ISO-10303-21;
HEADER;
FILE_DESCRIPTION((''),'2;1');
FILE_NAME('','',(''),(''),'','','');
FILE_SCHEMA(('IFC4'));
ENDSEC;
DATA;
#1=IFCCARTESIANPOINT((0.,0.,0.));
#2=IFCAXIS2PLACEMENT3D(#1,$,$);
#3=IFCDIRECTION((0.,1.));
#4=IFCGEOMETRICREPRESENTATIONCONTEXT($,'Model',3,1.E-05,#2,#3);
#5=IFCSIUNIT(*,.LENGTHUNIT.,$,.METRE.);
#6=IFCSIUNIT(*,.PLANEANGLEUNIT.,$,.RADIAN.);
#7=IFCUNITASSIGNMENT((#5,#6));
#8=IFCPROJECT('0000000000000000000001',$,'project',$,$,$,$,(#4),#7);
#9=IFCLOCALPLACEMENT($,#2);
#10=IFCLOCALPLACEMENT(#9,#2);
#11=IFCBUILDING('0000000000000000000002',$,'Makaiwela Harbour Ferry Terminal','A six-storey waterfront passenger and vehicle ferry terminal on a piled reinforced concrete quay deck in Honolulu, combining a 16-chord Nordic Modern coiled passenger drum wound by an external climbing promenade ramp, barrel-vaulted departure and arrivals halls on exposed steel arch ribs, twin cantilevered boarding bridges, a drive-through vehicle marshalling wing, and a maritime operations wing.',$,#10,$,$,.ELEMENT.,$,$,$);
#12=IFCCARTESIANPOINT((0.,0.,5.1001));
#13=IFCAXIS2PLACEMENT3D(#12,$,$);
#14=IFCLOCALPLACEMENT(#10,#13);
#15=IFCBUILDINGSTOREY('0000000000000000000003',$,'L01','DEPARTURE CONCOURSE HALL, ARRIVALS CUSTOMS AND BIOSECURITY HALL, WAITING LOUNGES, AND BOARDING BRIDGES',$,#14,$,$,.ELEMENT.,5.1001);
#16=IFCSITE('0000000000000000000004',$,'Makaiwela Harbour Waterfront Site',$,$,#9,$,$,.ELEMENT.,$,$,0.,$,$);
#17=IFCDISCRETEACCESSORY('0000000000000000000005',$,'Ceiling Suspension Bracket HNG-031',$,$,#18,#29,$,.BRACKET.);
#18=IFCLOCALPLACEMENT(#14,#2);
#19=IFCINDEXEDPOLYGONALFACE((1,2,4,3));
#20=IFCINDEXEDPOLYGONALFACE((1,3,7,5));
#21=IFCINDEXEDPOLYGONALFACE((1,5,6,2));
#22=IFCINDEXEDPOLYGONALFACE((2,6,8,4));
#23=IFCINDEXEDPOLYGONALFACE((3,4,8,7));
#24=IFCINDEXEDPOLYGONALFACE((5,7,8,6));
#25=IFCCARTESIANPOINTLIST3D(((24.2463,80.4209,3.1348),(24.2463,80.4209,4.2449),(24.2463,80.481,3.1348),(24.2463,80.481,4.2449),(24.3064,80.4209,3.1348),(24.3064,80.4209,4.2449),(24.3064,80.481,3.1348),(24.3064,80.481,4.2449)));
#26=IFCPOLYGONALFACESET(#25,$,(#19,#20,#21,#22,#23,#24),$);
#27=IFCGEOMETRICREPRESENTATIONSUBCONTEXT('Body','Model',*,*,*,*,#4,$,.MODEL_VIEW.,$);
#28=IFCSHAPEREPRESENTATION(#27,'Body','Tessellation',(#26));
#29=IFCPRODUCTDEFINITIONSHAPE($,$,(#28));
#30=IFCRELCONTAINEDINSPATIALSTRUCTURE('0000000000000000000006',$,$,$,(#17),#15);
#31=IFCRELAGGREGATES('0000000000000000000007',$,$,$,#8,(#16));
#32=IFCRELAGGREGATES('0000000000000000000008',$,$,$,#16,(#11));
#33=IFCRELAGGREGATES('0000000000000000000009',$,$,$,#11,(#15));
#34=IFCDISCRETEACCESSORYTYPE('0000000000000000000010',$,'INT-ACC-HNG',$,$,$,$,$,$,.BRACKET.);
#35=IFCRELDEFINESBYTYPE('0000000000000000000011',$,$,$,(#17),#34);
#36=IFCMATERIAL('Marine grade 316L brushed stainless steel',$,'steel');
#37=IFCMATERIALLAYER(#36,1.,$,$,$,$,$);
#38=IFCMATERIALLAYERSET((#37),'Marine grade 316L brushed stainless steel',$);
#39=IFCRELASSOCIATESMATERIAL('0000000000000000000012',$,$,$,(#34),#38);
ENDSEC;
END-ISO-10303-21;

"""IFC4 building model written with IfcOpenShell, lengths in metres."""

from ifc_helpers import new_model, si_unit, direction, frame, origin, origin_2d, place, context, subcontext, project, spatial, rectangle, extrude, material, layer, layer_set, type_object, element, save


model = new_model("IFC4")

# Units and contexts
model_context = context("Model", 3, precision=1e-05, world=origin(), true_north=direction((0.0, 1.0)))
body_context = subcontext(model_context, "Body", "Model", "MODEL_VIEW")
ifc_project = project(units=[si_unit("LENGTHUNIT", "METRE"), si_unit("PLANEANGLEUNIT", "RADIAN")], contexts=[model_context])

# Site, building, storey
site_placement = place(None, origin())
site = spatial("IfcSite", under=ifc_project, at=site_placement, Name="Makaiwela Harbour Waterfront Site", CompositionType="ELEMENT", RefElevation=0.0)
building_placement = place(site_placement, origin())
building = spatial("IfcBuilding", under=site, at=building_placement, Name="Makaiwela Harbour Ferry Terminal", Description="A six-storey waterfront passenger and vehicle ferry terminal on a piled reinforced concrete quay deck in Honolulu, combining a 16-chord Nordic Modern coiled passenger drum wound by an external climbing promenade ramp, barrel-vaulted departure and arrivals halls on exposed steel arch ribs, twin cantilevered boarding bridges, a drive-through vehicle marshalling wing, and a maritime operations wing.", CompositionType="ELEMENT")
storey_placement = place(building_placement, frame((0.0, 0.0, 5.1001)))
storey = spatial("IfcBuildingStorey", under=building, at=storey_placement, Name="L01", Description="DEPARTURE CONCOURSE HALL, ARRIVALS CUSTOMS AND BIOSECURITY HALL, WAITING LOUNGES, AND BOARDING BRIDGES", CompositionType="ELEMENT", Elevation=5.1001)

# Shared definitions
ifc_material_1 = material(Name="Marine grade 316L brushed stainless steel", Category="steel")

# Discrete accessory
ifc_layer_1 = layer(ifc_material_1, 1.0)
ifc_layer_set_1 = layer_set([ifc_layer_1], Name="Marine grade 316L brushed stainless steel")
discrete_accessory_type = type_object("IfcDiscreteAccessoryType", Name="INT-ACC-HNG", PredefinedType="BRACKET", material=ifc_layer_set_1)
discrete_accessory_placement = place(storey_placement, frame((24.2764, 80.4509, 3.1348), z_axis=(0.0, 0.0, 1.0), x_axis=(1.0, 0.0, 0.0)))
element("IfcDiscreteAccessory", 1, at=discrete_accessory_placement, inside=storey, type_object=discrete_accessory_type, Name="Ceiling Suspension Bracket HNG-031", PredefinedType="BRACKET", context=body_context, shape_type="SweptSolid", body=[
    extrude(rectangle(XDim=0.0601, YDim=0.0601, at=origin_2d()), origin(), (0.0, 0.0, 1.0), 1.1101),
])

save(model, "model.ifc")
